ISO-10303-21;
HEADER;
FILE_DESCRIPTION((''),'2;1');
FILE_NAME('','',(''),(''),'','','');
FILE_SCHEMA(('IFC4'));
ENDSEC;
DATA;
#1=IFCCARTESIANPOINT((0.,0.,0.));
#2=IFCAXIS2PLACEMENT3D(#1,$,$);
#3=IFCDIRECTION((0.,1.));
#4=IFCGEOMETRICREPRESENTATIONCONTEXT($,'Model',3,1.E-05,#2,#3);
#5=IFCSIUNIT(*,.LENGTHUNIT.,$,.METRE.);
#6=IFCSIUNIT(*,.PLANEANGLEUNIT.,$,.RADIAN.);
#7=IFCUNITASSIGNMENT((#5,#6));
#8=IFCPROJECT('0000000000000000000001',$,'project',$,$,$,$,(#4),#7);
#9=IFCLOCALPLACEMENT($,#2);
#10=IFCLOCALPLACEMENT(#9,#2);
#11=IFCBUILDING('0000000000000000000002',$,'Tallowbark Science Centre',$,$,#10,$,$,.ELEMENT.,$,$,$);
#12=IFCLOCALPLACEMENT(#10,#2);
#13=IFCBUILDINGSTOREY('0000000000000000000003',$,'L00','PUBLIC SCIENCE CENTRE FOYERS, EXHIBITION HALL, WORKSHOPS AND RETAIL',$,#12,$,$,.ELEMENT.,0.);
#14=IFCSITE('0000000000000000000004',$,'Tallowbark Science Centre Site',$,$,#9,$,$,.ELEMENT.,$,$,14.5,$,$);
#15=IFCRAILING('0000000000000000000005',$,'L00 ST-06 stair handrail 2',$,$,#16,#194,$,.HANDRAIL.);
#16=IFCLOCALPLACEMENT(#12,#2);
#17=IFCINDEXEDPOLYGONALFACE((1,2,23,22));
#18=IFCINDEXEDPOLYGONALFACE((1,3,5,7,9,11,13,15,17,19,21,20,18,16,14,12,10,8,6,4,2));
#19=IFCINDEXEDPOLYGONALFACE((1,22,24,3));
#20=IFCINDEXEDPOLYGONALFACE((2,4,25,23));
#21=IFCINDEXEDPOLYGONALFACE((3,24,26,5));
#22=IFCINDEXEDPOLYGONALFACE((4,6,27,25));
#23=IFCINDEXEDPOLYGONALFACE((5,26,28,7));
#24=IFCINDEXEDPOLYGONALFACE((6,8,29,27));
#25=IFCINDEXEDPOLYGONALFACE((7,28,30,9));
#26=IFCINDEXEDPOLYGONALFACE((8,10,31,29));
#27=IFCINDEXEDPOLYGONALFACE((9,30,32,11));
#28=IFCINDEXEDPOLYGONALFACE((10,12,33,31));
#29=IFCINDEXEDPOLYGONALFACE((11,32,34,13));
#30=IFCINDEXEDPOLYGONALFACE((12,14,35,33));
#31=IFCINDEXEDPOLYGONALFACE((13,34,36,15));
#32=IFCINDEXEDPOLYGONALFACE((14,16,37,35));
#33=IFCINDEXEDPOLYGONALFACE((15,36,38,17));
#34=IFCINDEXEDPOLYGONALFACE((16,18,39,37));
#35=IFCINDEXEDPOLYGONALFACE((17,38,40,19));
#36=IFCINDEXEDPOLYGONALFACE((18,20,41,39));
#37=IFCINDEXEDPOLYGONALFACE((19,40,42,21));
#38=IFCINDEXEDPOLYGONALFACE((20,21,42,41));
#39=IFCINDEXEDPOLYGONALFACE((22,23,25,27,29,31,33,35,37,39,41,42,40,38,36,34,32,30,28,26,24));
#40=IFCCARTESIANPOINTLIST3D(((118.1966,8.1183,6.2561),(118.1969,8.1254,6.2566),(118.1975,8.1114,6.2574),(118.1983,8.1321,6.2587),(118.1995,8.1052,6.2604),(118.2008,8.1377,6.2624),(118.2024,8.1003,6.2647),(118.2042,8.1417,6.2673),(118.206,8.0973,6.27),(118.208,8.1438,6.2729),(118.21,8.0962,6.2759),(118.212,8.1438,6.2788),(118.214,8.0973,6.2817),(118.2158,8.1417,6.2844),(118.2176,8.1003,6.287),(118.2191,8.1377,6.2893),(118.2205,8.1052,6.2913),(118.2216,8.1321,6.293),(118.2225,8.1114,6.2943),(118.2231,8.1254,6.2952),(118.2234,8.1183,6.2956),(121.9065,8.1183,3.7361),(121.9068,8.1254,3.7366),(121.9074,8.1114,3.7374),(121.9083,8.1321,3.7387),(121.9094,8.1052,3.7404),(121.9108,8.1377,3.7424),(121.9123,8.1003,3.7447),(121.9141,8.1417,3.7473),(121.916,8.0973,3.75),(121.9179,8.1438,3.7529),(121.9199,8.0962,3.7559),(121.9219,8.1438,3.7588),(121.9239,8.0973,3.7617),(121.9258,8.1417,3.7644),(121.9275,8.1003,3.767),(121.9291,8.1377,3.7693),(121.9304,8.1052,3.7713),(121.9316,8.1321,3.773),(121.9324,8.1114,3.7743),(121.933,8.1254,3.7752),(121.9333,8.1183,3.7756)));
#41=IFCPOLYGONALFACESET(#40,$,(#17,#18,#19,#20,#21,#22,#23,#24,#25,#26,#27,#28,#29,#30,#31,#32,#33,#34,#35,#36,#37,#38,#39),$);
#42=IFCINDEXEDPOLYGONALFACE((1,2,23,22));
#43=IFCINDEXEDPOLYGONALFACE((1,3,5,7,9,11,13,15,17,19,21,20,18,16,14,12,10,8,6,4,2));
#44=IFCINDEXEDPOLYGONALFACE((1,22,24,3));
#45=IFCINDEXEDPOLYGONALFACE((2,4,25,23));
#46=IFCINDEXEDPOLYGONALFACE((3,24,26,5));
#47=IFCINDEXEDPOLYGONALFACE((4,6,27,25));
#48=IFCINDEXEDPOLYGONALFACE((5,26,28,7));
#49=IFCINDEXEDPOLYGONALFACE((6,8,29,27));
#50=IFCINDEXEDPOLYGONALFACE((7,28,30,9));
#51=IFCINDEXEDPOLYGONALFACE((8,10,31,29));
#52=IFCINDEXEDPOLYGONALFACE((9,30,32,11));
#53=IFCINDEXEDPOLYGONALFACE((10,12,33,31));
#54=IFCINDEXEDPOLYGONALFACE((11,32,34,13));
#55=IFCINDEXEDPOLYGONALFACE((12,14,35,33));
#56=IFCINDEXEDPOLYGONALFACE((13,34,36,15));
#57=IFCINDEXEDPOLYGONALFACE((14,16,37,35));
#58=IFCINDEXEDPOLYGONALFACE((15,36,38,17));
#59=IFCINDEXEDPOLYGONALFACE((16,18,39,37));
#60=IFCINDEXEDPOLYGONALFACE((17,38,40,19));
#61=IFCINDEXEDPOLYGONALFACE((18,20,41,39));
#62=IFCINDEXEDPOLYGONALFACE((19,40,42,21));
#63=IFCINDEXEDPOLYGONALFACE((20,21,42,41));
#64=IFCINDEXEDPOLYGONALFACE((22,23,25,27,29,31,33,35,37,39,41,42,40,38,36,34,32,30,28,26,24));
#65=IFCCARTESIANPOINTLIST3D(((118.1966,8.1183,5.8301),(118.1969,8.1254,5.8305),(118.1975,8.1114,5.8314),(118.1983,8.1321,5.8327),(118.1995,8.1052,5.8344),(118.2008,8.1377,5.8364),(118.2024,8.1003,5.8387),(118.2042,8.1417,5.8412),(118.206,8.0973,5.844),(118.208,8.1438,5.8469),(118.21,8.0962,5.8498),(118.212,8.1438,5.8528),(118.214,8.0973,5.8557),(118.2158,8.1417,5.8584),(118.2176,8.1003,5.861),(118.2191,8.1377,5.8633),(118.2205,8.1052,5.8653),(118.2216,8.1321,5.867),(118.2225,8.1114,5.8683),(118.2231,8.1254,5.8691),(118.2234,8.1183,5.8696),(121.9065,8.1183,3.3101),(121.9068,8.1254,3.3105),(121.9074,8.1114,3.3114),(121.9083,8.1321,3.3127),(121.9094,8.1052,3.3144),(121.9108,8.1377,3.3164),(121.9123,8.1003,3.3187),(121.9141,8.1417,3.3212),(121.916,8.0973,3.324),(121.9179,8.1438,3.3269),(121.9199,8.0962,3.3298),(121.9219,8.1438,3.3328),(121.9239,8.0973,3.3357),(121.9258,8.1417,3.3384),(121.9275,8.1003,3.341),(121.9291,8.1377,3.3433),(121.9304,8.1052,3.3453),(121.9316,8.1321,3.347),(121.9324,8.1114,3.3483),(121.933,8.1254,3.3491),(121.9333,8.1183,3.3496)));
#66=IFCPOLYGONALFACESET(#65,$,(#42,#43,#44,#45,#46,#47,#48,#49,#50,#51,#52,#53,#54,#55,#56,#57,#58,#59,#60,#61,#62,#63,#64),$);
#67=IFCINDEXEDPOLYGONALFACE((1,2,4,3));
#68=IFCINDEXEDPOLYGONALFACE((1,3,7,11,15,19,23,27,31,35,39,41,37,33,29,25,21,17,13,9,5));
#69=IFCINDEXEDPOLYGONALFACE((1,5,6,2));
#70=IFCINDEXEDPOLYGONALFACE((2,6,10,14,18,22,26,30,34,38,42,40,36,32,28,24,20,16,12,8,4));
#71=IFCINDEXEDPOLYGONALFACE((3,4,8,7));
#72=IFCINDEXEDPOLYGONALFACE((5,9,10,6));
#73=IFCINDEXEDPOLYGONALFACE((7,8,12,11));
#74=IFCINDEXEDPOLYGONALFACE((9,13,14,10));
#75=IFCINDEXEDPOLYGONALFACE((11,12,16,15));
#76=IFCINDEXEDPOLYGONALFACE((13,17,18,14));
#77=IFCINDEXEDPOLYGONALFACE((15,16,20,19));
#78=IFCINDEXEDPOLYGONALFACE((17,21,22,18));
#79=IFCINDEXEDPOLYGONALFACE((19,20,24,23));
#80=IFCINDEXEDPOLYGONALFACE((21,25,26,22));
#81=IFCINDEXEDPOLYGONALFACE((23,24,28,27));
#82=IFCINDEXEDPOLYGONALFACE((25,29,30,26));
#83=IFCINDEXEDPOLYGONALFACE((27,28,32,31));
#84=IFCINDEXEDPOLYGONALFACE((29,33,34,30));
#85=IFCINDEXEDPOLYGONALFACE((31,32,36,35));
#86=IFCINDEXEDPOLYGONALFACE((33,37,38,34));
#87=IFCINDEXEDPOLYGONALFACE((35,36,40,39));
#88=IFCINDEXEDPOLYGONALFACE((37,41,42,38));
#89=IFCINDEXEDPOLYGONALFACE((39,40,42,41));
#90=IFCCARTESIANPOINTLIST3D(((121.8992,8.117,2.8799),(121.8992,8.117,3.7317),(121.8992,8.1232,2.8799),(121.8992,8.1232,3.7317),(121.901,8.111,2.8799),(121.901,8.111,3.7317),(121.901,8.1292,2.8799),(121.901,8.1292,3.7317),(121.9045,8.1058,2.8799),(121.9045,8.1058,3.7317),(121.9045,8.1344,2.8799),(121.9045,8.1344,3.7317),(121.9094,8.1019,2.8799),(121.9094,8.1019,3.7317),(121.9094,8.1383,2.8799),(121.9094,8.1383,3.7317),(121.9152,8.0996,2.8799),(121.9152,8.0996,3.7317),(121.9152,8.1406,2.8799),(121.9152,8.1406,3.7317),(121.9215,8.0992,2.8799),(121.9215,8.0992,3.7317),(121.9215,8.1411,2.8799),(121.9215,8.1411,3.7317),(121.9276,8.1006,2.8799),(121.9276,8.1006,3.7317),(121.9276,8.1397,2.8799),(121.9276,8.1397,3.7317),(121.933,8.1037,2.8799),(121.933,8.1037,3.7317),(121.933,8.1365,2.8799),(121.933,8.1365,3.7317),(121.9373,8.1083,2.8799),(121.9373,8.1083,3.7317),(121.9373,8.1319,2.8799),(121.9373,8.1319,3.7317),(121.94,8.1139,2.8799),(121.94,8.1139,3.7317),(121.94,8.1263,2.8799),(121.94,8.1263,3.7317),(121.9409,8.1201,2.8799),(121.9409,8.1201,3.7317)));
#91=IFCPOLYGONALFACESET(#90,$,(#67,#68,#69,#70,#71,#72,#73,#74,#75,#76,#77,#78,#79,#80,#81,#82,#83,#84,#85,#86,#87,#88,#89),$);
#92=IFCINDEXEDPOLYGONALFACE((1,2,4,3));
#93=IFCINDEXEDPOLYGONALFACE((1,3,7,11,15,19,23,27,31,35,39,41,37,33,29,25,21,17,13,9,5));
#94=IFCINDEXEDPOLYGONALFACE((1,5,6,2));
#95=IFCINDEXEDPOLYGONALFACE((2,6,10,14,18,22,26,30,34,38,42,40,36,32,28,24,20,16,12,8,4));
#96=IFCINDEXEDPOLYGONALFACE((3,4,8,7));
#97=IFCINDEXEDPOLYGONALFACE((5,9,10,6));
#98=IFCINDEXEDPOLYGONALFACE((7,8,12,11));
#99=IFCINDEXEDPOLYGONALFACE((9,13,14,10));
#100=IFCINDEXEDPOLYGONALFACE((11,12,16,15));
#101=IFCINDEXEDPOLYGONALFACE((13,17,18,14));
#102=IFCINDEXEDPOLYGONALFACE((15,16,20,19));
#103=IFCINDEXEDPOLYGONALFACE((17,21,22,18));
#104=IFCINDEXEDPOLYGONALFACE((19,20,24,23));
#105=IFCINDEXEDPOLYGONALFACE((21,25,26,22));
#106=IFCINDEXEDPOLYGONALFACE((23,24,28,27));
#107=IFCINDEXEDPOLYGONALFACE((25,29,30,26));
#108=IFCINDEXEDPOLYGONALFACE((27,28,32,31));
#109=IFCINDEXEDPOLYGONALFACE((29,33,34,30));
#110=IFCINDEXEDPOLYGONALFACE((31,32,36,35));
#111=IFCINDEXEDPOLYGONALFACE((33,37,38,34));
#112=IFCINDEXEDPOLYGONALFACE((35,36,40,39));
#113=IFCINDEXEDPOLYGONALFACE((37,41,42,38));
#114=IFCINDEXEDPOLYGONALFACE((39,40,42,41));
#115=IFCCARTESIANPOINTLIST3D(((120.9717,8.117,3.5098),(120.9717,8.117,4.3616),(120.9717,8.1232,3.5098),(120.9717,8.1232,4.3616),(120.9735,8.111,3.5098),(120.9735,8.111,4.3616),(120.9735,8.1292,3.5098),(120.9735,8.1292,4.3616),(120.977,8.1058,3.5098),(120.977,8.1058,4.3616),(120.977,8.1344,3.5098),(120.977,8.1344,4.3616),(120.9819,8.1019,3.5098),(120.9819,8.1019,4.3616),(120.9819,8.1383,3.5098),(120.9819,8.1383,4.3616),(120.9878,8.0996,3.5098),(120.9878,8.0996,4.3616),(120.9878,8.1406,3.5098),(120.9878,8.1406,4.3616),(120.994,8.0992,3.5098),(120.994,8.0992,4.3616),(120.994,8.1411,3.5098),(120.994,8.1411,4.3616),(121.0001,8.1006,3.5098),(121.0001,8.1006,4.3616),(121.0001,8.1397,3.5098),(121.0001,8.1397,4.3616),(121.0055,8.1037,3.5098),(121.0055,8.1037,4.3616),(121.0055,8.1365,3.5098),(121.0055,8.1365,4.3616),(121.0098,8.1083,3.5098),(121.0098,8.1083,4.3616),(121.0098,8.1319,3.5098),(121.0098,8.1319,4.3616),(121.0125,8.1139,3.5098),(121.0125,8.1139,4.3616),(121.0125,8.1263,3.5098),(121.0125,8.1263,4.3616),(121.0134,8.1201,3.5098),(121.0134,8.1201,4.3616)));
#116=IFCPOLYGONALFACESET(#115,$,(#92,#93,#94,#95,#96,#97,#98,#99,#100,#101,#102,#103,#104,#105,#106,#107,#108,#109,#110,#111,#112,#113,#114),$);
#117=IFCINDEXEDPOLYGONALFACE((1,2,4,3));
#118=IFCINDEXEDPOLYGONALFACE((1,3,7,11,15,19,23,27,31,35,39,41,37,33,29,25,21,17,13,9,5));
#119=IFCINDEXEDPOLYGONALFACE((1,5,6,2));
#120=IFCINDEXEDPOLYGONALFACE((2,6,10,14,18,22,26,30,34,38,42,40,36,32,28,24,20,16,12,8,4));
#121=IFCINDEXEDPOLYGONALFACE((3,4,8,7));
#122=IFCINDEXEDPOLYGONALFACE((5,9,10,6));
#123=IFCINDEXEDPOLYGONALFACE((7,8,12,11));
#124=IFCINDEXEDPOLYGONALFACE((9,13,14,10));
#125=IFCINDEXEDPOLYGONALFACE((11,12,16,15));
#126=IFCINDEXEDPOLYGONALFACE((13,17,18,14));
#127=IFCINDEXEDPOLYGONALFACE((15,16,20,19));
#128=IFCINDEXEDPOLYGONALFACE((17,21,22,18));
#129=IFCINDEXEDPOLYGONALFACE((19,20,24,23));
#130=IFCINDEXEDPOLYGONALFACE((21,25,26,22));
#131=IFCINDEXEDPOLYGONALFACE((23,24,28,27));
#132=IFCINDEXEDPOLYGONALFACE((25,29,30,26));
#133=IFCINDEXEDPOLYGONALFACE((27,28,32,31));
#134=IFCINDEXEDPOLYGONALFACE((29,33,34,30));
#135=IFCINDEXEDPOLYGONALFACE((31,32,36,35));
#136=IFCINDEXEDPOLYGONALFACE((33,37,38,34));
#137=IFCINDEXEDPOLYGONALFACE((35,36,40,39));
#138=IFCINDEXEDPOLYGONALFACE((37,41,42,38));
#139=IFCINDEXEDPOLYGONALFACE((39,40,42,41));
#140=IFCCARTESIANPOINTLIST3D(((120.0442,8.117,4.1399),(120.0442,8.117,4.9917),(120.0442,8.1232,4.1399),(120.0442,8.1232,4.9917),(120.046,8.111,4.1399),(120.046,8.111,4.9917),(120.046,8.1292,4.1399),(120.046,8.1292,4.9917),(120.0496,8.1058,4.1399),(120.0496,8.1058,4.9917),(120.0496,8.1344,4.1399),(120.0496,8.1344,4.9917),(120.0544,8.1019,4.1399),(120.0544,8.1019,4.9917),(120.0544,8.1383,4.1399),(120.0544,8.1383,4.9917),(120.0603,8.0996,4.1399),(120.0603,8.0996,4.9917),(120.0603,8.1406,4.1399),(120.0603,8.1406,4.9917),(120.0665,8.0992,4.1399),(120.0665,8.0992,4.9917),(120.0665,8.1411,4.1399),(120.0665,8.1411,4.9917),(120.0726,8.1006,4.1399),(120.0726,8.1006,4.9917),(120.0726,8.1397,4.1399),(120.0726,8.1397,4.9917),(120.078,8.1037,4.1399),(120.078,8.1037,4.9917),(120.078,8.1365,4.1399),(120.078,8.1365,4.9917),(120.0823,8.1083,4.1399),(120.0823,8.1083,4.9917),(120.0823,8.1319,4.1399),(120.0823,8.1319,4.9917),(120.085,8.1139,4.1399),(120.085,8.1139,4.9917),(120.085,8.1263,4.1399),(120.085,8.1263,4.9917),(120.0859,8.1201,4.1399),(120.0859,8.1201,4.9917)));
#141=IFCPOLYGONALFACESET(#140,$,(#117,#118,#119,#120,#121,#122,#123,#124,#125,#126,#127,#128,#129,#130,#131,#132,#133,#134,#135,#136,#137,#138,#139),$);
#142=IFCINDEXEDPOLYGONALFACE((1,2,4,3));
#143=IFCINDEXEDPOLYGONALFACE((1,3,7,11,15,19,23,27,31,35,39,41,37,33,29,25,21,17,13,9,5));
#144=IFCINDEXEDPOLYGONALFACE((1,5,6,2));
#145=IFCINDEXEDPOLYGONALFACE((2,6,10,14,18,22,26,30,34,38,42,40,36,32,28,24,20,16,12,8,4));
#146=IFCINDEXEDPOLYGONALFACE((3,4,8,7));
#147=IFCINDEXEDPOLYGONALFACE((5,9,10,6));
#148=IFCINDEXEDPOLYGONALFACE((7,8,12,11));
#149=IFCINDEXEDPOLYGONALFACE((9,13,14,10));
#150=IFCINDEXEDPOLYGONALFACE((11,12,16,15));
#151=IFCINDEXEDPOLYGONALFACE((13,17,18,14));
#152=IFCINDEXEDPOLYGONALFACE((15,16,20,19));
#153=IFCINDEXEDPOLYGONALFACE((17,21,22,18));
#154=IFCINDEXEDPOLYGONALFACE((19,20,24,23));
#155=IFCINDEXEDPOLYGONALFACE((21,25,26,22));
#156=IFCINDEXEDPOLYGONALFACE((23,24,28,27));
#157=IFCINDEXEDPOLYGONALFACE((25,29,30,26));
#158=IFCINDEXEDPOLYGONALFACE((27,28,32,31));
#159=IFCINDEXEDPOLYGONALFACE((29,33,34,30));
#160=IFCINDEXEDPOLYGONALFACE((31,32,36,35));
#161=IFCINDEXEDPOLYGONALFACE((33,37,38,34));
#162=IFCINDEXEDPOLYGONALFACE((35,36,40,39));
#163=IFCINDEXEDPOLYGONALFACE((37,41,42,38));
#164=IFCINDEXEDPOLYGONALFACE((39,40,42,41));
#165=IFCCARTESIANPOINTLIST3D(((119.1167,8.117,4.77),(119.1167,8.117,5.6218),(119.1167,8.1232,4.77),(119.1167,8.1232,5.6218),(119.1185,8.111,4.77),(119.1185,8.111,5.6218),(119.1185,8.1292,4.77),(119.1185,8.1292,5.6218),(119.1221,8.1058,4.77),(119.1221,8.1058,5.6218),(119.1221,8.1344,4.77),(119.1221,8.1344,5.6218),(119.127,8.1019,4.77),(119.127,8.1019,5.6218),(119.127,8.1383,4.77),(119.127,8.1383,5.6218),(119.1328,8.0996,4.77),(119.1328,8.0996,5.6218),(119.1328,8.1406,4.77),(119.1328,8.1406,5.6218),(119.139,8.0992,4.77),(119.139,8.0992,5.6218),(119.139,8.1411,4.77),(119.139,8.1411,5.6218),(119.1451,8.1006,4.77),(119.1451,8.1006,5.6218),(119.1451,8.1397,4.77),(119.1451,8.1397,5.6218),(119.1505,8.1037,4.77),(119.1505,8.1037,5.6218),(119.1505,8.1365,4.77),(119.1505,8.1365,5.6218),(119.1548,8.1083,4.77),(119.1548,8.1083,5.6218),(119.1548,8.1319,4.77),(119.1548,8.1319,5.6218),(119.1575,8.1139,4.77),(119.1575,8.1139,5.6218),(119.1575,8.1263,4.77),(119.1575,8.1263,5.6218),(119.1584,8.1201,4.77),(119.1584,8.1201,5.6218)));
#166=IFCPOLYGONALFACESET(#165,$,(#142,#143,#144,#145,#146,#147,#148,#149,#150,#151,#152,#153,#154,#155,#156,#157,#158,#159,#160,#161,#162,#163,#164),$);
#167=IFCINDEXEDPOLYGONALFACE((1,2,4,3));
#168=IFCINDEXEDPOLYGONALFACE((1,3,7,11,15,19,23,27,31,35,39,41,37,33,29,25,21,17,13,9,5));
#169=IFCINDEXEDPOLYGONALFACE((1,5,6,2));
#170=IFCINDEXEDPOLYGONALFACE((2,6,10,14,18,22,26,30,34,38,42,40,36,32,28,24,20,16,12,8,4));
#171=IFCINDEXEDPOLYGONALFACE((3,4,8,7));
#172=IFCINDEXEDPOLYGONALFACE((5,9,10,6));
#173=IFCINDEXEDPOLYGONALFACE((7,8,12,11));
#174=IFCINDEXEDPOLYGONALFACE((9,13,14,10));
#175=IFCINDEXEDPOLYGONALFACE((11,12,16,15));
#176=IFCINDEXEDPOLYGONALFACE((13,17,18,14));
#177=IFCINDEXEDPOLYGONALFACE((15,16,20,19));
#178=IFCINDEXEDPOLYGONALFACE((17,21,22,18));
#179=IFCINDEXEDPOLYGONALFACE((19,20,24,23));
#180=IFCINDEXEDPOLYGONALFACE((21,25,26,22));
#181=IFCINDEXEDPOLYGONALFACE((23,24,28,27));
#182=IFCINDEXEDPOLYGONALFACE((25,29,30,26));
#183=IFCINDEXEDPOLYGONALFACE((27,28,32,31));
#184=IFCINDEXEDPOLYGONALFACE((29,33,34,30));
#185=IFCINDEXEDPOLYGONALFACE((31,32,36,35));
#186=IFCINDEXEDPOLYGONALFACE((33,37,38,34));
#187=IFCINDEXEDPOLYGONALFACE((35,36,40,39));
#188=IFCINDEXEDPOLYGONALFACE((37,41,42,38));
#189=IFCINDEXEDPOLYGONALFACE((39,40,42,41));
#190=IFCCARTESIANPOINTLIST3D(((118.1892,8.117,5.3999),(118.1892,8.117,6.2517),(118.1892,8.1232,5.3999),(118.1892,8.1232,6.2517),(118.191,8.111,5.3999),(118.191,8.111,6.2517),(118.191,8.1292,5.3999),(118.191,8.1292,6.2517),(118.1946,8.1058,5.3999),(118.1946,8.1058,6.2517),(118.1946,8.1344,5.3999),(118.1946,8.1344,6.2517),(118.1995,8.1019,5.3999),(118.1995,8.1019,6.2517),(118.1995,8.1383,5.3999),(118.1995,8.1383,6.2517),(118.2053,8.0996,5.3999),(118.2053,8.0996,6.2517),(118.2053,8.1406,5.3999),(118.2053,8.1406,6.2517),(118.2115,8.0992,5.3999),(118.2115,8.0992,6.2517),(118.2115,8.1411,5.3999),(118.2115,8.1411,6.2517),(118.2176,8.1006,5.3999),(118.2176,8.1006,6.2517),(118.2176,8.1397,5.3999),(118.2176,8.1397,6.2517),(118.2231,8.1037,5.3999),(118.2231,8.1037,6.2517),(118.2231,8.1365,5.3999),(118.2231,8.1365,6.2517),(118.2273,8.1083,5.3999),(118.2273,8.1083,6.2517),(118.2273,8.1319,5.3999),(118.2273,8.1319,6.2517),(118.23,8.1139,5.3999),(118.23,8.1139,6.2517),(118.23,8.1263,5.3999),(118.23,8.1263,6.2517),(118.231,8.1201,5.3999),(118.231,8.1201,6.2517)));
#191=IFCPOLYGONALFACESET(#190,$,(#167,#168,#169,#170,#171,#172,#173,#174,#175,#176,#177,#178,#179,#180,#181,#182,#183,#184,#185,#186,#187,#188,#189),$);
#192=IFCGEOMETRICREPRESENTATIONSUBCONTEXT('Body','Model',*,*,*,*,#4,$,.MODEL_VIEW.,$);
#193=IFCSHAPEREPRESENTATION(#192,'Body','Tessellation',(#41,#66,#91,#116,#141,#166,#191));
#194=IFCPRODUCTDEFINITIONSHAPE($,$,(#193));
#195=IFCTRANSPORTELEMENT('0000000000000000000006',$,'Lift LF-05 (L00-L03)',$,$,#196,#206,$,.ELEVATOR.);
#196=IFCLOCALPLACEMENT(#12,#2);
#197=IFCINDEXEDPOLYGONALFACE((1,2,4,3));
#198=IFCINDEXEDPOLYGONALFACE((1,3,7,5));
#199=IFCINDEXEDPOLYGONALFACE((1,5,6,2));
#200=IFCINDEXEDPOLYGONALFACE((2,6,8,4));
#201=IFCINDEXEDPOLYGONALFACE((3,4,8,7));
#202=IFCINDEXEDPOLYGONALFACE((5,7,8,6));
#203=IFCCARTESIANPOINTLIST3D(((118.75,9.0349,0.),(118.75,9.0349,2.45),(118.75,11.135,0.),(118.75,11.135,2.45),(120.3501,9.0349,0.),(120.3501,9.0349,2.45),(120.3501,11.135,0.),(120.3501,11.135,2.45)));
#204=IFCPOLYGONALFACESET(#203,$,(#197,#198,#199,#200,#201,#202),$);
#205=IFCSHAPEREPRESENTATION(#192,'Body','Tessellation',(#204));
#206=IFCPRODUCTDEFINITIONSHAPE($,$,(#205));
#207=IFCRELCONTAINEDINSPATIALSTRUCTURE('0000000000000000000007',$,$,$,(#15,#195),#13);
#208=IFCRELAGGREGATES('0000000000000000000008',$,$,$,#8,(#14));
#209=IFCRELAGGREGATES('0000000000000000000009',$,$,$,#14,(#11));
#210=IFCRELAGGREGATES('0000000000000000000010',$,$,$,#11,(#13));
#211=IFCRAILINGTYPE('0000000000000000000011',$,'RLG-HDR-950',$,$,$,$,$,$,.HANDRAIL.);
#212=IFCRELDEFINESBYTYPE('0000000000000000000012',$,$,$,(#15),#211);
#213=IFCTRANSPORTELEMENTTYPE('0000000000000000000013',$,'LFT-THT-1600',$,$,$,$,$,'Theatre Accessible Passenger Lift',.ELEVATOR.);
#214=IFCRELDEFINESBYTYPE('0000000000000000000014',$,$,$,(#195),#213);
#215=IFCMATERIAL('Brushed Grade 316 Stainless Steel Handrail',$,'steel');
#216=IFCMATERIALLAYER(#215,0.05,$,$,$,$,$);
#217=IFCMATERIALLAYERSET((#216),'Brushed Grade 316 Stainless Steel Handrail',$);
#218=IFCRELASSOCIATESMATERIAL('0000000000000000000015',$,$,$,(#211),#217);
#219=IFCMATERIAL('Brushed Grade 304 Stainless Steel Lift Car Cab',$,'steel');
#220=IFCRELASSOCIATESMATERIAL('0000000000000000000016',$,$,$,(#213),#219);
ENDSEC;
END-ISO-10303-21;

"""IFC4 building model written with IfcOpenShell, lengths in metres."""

from ifc_helpers import new_model, si_unit, direction, frame, origin, origin_2d, place, context, subcontext, project, spatial, rectangle, circle, extrude, material, layer, layer_set, type_object, element, save


model = new_model("IFC4")

# Units and contexts
model_context = context("Model", 3, precision=1e-05, world=origin(), true_north=direction((0.0, 1.0)))
body_context = subcontext(model_context, "Body", "Model", "MODEL_VIEW")
ifc_project = project(units=[si_unit("LENGTHUNIT", "METRE"), si_unit("PLANEANGLEUNIT", "RADIAN")], contexts=[model_context])

# Site, building, storey
site_placement = place(None, origin())
site = spatial("IfcSite", under=ifc_project, at=site_placement, Name="Tallowbark Science Centre Site", CompositionType="ELEMENT", RefElevation=14.5)
building_placement = place(site_placement, origin())
building = spatial("IfcBuilding", under=site, at=building_placement, Name="Tallowbark Science Centre", CompositionType="ELEMENT")
storey_placement = place(building_placement, origin())
storey = spatial("IfcBuildingStorey", under=building, at=storey_placement, Name="L00", Description="PUBLIC SCIENCE CENTRE FOYERS, EXHIBITION HALL, WORKSHOPS AND RETAIL", CompositionType="ELEMENT", Elevation=0.0)

# Railing
ifc_material_1 = material(Name="Brushed Grade 316 Stainless Steel Handrail", Category="steel")
ifc_layer_1 = layer(ifc_material_1, 0.05)
ifc_layer_set_1 = layer_set([ifc_layer_1], Name="Brushed Grade 316 Stainless Steel Handrail")
railing_type_1 = type_object("IfcRailingType", Name="RLG-HDR-950", PredefinedType="HANDRAIL", material=ifc_layer_set_1)
railing_1_placement = place(storey_placement, frame((121.9199, 8.1201, 2.8799)))
element("IfcRailing", 1, at=railing_1_placement, inside=storey, type_object=railing_type_1, Name="L00 ST-06 stair handrail 2", PredefinedType="HANDRAIL", context=body_context, shape_type="SweptSolid", body=[
    extrude(circle(Radius=0.0239, at=origin_2d()), frame((0.0, 0.0, 0.876), z_axis=(-0.827212, 0.0, 0.56189), x_axis=(0.0, -1.0, 0.0)), (0.0, 0.0, 1.0), 4.4849),
    extrude(circle(Radius=0.0239, at=origin_2d()), frame((0.0, 0.0, 0.45), z_axis=(-0.827212, 0.0, 0.56189), x_axis=(0.0, -1.0, 0.0)), (0.0, 0.0, 1.0), 4.4849),
    extrude(circle(Radius=0.021, at=origin_2d()), origin(), (0.0, 0.0, 1.0), 0.8518),
    extrude(circle(Radius=0.021, at=origin_2d()), frame((-0.9275, 0.0, 0.6299)), (0.0, 0.0, 1.0), 0.8518),
    extrude(circle(Radius=0.021, at=origin_2d()), frame((-1.855, 0.0, 1.26)), (0.0, 0.0, 1.0), 0.8518),
    extrude(circle(Radius=0.021, at=origin_2d()), frame((-2.7825, 0.0, 1.8901)), (0.0, 0.0, 1.0), 0.8518),
    extrude(circle(Radius=0.021, at=origin_2d()), frame((-3.71, 0.0, 2.52)), (0.0, 0.0, 1.0), 0.8518),
])

# Transport element
ifc_material_2 = material(Name="Brushed Grade 304 Stainless Steel Lift Car Cab", Category="steel")
transport_element_type = type_object("IfcTransportElementType", Name="LFT-THT-1600", ElementType="Theatre Accessible Passenger Lift", PredefinedType="ELEVATOR", material=ifc_material_2)
transport_element_placement = place(storey_placement, frame((119.55, 10.085, 0.0), z_axis=(0.0, 0.0, 1.0), x_axis=(1.0, 0.0, 0.0)))
element("IfcTransportElement", 2, at=transport_element_placement, inside=storey, type_object=transport_element_type, Name="Lift LF-05 (L00-L03)", PredefinedType="ELEVATOR", context=body_context, shape_type="SweptSolid", body=[
    extrude(rectangle(XDim=1.6001, YDim=2.1001, at=origin_2d()), origin(), (0.0, 0.0, 1.0), 2.45),
])

save(model, "model.ifc")
